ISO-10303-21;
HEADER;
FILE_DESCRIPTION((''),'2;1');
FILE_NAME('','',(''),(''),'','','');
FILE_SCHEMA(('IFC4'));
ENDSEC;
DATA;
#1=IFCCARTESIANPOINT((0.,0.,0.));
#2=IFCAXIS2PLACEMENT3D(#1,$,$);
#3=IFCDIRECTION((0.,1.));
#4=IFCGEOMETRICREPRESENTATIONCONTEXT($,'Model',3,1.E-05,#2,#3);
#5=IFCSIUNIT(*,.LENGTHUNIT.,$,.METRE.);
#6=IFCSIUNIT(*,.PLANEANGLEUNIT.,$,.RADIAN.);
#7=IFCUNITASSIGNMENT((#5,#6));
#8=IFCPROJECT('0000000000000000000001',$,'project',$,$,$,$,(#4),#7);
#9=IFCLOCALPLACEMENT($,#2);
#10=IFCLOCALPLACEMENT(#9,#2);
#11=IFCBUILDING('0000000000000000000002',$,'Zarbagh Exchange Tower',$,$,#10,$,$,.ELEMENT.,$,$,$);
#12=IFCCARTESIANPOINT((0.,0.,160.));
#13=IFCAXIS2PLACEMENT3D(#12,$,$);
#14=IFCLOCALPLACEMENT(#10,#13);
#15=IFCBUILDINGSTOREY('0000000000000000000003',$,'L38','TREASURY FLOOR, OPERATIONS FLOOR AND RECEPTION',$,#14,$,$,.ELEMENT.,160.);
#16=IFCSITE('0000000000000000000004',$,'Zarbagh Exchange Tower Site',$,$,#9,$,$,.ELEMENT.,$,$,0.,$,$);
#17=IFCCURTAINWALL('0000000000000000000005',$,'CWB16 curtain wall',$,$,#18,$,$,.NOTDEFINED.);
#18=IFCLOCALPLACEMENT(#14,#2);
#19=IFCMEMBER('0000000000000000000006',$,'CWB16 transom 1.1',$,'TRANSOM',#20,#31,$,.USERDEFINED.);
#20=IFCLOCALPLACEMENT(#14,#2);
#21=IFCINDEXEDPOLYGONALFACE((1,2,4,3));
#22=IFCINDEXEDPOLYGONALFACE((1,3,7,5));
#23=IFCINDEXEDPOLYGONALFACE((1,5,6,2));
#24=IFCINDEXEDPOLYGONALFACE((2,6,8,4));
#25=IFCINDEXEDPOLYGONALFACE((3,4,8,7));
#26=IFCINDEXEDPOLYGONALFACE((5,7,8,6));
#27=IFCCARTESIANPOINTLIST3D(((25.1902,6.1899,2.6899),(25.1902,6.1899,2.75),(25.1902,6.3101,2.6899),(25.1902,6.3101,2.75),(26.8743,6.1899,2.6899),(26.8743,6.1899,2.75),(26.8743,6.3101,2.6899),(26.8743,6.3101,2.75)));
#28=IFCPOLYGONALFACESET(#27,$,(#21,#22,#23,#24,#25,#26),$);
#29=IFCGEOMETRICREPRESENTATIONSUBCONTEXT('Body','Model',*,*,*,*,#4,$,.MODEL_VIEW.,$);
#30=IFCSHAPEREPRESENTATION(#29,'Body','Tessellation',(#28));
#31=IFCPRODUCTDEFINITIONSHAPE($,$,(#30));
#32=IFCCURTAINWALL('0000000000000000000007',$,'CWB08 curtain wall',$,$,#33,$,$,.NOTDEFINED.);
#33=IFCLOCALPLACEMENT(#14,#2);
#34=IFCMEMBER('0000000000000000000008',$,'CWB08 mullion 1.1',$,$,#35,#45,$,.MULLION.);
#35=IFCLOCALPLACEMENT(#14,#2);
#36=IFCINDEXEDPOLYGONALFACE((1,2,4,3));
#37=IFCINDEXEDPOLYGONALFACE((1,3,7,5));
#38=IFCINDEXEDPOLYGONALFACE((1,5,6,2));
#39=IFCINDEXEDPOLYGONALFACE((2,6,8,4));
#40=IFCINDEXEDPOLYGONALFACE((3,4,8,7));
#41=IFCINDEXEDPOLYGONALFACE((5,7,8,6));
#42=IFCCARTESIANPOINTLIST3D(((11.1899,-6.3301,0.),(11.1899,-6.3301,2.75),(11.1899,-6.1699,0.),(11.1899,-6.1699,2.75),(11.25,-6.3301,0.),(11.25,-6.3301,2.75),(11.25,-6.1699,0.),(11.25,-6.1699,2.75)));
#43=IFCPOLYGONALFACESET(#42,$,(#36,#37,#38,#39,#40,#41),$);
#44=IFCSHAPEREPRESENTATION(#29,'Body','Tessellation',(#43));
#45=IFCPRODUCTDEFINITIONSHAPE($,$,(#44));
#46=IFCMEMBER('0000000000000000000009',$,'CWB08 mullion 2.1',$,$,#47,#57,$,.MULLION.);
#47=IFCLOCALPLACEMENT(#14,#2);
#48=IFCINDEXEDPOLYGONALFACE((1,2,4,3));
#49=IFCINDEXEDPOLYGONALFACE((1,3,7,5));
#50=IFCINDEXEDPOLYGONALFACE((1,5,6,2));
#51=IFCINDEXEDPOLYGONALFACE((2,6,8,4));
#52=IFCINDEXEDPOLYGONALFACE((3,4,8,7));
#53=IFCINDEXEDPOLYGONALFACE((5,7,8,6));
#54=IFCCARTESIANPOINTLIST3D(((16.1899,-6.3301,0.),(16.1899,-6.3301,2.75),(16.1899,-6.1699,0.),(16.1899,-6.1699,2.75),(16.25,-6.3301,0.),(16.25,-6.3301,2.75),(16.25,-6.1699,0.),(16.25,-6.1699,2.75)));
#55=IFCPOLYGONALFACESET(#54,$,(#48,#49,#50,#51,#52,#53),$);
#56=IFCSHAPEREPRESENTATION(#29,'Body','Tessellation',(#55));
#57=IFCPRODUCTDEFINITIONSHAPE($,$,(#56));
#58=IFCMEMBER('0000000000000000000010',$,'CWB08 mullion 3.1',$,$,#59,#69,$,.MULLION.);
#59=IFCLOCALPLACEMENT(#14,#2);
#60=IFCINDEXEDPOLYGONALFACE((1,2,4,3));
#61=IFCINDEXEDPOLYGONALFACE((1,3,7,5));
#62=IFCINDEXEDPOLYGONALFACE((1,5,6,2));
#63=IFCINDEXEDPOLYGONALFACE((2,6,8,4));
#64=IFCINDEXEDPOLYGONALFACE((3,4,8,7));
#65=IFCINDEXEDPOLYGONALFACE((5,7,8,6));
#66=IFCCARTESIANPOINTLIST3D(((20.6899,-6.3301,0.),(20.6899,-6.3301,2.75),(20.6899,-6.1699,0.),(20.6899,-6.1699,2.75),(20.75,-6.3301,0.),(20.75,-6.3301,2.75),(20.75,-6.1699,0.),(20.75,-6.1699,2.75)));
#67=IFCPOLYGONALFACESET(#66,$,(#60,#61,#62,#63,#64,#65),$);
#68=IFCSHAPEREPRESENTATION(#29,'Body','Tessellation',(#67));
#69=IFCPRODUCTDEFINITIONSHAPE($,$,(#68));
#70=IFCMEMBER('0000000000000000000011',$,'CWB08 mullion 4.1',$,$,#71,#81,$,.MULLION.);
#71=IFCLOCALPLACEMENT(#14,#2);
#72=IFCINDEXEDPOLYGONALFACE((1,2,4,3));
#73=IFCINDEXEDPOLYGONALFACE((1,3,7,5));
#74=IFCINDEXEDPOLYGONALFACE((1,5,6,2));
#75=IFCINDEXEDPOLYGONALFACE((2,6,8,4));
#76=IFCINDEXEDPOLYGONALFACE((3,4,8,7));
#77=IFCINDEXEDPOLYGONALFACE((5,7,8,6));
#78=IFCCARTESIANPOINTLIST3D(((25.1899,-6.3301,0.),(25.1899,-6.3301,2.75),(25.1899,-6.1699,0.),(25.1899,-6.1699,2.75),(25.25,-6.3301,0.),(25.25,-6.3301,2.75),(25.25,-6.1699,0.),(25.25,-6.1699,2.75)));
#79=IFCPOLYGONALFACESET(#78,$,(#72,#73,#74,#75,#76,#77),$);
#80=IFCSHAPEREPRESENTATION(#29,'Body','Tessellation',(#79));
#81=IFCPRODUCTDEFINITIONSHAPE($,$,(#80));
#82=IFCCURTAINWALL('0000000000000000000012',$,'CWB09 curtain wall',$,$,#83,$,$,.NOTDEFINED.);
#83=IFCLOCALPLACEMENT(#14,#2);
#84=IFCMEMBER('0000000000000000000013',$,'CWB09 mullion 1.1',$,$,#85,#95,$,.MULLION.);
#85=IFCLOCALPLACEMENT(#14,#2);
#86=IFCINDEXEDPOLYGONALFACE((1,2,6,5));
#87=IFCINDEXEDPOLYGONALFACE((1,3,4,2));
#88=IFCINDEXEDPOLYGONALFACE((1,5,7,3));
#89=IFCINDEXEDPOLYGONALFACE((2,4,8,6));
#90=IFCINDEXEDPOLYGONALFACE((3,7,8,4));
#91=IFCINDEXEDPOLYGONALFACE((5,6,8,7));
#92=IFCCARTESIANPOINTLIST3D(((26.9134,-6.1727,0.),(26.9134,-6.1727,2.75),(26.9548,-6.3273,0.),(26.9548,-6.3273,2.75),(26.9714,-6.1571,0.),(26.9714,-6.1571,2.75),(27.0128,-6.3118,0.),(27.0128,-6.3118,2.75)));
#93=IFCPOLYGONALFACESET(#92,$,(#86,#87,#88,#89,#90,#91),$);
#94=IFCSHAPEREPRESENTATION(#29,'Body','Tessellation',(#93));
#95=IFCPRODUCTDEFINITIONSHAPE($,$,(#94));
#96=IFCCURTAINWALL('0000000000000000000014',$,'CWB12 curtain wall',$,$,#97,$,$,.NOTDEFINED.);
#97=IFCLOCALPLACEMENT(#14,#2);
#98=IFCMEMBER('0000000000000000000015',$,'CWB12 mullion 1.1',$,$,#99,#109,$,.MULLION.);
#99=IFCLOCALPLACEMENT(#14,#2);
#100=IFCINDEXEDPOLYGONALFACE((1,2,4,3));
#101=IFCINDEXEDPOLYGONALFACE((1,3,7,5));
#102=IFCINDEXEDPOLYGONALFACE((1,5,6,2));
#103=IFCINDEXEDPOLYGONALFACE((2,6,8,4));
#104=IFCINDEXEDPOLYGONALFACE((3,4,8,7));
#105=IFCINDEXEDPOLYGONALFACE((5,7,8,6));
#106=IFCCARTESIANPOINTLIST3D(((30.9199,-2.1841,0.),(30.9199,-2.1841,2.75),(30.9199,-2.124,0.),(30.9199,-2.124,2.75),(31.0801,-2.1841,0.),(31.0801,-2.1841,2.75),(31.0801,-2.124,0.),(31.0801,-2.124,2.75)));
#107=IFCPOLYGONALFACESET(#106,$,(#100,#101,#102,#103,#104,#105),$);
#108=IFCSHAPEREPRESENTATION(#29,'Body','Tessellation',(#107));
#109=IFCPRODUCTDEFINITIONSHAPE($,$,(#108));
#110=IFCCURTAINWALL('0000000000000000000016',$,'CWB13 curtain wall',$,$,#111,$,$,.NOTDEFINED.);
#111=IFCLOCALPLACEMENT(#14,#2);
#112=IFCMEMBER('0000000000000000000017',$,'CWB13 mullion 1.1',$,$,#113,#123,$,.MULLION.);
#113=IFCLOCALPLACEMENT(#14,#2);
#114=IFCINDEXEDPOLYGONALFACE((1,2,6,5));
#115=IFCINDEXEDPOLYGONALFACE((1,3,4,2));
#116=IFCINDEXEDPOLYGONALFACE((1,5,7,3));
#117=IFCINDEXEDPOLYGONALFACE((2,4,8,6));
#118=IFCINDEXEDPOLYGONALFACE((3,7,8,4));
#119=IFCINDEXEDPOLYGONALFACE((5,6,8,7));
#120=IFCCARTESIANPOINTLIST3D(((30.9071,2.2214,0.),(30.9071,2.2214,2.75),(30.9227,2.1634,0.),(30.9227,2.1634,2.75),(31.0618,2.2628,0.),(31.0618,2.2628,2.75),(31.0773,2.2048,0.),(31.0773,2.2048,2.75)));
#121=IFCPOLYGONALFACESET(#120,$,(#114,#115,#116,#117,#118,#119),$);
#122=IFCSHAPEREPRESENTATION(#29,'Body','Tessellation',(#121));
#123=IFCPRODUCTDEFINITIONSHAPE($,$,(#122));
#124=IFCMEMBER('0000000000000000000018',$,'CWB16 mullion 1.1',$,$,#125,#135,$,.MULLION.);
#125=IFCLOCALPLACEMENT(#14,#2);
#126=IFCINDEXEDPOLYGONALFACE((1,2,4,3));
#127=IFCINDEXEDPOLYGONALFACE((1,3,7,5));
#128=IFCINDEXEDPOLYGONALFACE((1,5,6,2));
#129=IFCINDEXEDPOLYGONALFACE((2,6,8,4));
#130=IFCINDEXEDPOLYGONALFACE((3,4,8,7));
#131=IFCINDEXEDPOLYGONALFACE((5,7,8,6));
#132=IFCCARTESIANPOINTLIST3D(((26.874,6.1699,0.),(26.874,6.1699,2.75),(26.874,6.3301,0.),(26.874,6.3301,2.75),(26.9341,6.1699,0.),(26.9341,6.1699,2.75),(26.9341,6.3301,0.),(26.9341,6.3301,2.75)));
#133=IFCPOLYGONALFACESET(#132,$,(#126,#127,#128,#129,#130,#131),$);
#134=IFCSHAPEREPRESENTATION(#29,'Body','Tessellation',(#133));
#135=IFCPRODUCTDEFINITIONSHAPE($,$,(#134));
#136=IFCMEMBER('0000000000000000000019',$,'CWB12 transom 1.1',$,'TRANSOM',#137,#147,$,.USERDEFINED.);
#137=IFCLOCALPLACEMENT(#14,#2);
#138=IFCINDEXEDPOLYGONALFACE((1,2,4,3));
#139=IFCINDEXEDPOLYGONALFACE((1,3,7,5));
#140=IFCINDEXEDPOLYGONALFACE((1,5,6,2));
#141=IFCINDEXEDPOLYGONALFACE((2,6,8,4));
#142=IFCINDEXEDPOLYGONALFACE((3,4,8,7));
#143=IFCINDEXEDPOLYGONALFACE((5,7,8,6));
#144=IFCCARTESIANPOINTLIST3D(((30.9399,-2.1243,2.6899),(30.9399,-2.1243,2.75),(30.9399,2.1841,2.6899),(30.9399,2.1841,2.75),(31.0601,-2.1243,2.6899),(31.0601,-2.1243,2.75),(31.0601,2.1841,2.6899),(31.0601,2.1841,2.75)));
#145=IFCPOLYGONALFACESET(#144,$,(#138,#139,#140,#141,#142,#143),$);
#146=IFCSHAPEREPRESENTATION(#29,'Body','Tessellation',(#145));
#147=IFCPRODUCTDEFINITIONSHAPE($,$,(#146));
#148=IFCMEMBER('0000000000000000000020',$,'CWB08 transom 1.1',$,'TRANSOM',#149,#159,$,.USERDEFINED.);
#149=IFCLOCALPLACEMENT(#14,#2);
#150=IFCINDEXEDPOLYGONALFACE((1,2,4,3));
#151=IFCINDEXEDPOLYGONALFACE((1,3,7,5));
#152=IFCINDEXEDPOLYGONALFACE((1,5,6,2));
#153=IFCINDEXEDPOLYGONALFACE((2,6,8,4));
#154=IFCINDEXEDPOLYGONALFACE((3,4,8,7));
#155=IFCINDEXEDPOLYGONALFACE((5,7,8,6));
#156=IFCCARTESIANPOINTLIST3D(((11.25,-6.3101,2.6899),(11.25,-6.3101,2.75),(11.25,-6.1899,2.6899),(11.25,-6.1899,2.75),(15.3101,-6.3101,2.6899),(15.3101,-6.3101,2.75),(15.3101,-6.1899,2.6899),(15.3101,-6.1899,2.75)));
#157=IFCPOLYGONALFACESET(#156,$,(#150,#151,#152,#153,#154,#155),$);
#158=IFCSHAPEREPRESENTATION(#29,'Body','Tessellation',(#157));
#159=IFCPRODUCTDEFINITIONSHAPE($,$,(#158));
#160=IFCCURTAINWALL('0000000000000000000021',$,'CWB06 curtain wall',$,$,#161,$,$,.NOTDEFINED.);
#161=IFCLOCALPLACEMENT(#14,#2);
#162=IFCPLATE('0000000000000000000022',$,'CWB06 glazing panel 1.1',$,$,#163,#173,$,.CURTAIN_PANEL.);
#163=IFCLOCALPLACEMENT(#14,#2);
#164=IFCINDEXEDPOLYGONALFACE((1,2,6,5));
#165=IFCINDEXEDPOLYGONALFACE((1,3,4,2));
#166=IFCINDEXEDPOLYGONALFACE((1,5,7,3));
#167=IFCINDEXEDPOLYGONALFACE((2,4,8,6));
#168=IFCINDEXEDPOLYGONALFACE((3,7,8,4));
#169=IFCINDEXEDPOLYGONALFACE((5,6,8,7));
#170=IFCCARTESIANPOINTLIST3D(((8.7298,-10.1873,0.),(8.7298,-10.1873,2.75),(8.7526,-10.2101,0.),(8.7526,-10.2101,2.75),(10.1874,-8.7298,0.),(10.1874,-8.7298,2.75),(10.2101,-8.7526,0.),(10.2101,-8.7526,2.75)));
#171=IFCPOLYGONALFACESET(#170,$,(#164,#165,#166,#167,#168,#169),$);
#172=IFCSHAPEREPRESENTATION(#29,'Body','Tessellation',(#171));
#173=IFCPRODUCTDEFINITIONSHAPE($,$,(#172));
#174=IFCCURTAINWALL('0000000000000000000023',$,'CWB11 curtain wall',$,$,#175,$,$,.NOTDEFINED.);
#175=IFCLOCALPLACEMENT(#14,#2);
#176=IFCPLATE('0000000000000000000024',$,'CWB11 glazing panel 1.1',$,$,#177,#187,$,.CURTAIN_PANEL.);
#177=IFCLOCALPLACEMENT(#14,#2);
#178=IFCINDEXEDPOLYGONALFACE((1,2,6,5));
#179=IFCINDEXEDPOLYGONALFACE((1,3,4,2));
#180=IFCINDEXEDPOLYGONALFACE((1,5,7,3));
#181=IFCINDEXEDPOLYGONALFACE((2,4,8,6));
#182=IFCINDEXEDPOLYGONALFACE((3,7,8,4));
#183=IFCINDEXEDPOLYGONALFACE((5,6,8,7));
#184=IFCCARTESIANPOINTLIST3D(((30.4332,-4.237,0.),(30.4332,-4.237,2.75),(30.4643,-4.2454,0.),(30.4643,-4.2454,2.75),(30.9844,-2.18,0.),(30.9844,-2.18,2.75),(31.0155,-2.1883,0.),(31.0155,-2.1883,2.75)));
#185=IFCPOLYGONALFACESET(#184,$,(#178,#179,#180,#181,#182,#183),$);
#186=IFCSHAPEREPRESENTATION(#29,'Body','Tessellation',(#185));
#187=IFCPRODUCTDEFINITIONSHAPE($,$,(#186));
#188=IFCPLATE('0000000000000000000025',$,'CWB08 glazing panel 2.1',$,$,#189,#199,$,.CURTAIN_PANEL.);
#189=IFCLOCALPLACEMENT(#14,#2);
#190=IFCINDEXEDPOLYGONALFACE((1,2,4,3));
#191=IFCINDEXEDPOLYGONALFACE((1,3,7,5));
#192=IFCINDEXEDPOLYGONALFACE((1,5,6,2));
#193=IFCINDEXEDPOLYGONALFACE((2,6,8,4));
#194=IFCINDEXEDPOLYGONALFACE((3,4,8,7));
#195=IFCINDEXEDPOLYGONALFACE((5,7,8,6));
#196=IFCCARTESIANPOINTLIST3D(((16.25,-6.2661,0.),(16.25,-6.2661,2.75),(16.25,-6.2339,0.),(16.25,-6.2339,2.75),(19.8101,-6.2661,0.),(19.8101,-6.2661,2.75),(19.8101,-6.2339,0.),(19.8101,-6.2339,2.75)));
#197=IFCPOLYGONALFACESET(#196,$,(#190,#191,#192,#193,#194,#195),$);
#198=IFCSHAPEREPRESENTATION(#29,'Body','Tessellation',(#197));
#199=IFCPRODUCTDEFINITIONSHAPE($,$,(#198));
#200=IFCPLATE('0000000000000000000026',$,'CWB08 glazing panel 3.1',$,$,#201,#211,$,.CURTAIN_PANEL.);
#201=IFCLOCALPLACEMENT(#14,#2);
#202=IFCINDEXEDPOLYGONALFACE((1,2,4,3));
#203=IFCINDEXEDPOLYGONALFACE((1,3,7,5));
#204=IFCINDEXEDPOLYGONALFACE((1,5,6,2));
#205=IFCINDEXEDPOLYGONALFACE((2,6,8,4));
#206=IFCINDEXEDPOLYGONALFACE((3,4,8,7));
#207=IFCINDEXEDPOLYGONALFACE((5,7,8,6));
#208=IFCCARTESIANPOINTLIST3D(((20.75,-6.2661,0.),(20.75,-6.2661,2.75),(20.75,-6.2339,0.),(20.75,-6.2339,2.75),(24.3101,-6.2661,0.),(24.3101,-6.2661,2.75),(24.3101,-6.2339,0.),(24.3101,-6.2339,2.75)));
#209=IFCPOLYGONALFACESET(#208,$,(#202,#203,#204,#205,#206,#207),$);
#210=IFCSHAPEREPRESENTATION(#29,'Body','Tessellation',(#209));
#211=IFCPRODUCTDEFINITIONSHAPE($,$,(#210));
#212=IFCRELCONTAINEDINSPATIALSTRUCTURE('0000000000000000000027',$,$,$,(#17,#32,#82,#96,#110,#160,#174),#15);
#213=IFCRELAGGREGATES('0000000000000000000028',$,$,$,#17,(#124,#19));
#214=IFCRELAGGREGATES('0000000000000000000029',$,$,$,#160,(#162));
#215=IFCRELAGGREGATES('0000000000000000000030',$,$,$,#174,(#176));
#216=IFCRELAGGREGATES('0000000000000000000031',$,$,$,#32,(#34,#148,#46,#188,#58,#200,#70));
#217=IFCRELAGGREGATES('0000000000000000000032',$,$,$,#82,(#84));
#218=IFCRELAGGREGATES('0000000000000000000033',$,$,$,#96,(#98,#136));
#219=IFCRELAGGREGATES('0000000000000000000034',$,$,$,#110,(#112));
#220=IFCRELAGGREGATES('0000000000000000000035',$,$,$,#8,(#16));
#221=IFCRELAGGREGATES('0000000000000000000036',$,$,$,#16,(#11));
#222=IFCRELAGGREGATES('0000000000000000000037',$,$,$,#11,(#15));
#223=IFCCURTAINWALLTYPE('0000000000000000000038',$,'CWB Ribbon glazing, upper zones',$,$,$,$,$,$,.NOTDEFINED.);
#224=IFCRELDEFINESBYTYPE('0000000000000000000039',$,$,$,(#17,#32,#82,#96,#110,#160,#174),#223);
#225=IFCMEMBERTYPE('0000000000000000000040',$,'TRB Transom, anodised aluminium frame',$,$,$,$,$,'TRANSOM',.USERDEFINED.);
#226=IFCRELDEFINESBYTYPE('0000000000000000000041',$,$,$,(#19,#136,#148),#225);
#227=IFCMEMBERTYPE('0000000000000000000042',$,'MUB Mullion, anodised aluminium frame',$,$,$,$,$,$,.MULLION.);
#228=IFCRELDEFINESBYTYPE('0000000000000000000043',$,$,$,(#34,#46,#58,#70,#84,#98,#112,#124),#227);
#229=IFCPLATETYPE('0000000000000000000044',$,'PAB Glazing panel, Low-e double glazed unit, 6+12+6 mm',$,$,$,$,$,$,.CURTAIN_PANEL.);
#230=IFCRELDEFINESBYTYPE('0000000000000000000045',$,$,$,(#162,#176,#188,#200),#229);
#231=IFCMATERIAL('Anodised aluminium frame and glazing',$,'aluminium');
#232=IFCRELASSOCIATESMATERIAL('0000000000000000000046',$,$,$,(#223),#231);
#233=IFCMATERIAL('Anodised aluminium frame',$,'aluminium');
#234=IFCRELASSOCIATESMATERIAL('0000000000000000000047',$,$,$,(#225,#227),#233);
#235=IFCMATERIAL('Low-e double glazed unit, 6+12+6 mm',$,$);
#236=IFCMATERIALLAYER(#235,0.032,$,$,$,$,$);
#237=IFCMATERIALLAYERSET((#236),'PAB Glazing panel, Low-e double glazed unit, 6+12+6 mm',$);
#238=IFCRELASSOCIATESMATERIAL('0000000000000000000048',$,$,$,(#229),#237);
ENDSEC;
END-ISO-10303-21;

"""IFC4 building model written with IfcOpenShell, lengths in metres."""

from ifc_helpers import new_model, si_unit, direction, frame, origin, place, context, subcontext, project, spatial, polyline, outline, extrude, source, transform, mapped, material, layer, layer_set, type_object, element, aggregate, save


model = new_model("IFC4")

# Units and contexts
model_context = context("Model", 3, precision=1e-05, world=origin(), true_north=direction((0.0, 1.0)))
body_context = subcontext(model_context, "Body", "Model", "MODEL_VIEW")
ifc_project = project(units=[si_unit("LENGTHUNIT", "METRE"), si_unit("PLANEANGLEUNIT", "RADIAN")], contexts=[model_context])

# Site, building, storey
site_placement = place(None, origin())
site = spatial("IfcSite", under=ifc_project, at=site_placement, Name="Zarbagh Exchange Tower Site", CompositionType="ELEMENT", RefElevation=0.0)
building_placement = place(site_placement, origin())
building = spatial("IfcBuilding", under=site, at=building_placement, Name="Zarbagh Exchange Tower", CompositionType="ELEMENT")
storey_placement = place(building_placement, frame((0.0, 0.0, 160.0)))
storey = spatial("IfcBuildingStorey", under=building, at=storey_placement, Name="L38", Description="TREASURY FLOOR, OPERATIONS FLOOR AND RECEPTION", CompositionType="ELEMENT", Elevation=160.0)

# Curtain wall, member
ifc_material_1 = material(Name="Anodised aluminium frame and glazing", Category="aluminium")
curtain_wall_type = type_object("IfcCurtainWallType", Name="CWB Ribbon glazing, upper zones", PredefinedType="NOTDEFINED", material=ifc_material_1)
curtain_wall_1_placement = place(storey_placement, origin())
curtain_wall_1 = element("IfcCurtainWall", 1, at=curtain_wall_1_placement, inside=storey, type_object=curtain_wall_type, Name="CWB16 curtain wall", PredefinedType="NOTDEFINED")
ifc_material_2 = material(Name="Anodised aluminium frame", Category="aluminium")
member_type_1 = type_object("IfcMemberType", Name="TRB Transom, anodised aluminium frame", ElementType="TRANSOM", PredefinedType="USERDEFINED", material=ifc_material_2)
shared_shape_1 = source(origin(), body_context, "Body", "SweptSolid", [
    extrude(outline(polyline([(-0.0601, -0.0601), (0.0, -0.0601), (0.0, 0.0601), (-0.0601, 0.0601), (-0.0601, -0.0601)])), origin(), (0.0, 0.0, 1.0), 1.6841),
])
placement = place(storey_placement, origin())
member_1 = element("IfcMember", 2, at=placement, type_object=member_type_1, Name="CWB16 transom 1.1", ObjectType="TRANSOM", PredefinedType="USERDEFINED", context=body_context, shape_type="MappedRepresentation", body=[
    mapped(shared_shape_1, transform((26.8743, 6.25, 2.75), x_axis=(0.0, 0.0, 1.0), y_axis=(0.0, 1.0, 0.0), z_axis=(-1.0, 0.0, 0.0))),
])

# Curtain wall, members
curtain_wall_2_placement = place(storey_placement, origin())
curtain_wall_2 = element("IfcCurtainWall", 3, at=curtain_wall_2_placement, inside=storey, type_object=curtain_wall_type, Name="CWB08 curtain wall", PredefinedType="NOTDEFINED")
member_type_2 = type_object("IfcMemberType", Name="MUB Mullion, anodised aluminium frame", PredefinedType="MULLION", material=ifc_material_2)
shared_shape_2 = source(origin(), body_context, "Body", "SweptSolid", [
    extrude(outline(polyline([(0.0, -0.0801), (0.0601, -0.0801), (0.0601, 0.0801), (0.0, 0.0801), (0.0, -0.0801)])), origin(), (0.0, 0.0, 1.0), 2.75),
])
member_2 = element("IfcMember", 4, at=placement, type_object=member_type_2, Name="CWB08 mullion 1.1", PredefinedType="MULLION", context=body_context, shape_type="MappedRepresentation", body=[
    mapped(shared_shape_2, transform((11.1899, -6.25, 0.0), x_axis=(1.0, 0.0, 0.0), y_axis=(0.0, 1.0, 0.0), z_axis=(0.0, 0.0, 1.0))),
])
member_3 = element("IfcMember", 5, at=placement, type_object=member_type_2, Name="CWB08 mullion 2.1", PredefinedType="MULLION", context=body_context, shape_type="MappedRepresentation", body=[
    mapped(shared_shape_2, transform((16.1899, -6.25, 0.0), x_axis=(1.0, 0.0, 0.0), y_axis=(0.0, 1.0, 0.0), z_axis=(0.0, 0.0, 1.0))),
])
member_4 = element("IfcMember", 6, at=placement, type_object=member_type_2, Name="CWB08 mullion 3.1", PredefinedType="MULLION", context=body_context, shape_type="MappedRepresentation", body=[
    mapped(shared_shape_2, transform((20.6899, -6.25, 0.0), x_axis=(1.0, 0.0, 0.0), y_axis=(0.0, 1.0, 0.0), z_axis=(0.0, 0.0, 1.0))),
])
member_5 = element("IfcMember", 7, at=placement, type_object=member_type_2, Name="CWB08 mullion 4.1", PredefinedType="MULLION", context=body_context, shape_type="MappedRepresentation", body=[
    mapped(shared_shape_2, transform((25.1899, -6.25, 0.0), x_axis=(1.0, 0.0, 0.0), y_axis=(0.0, 1.0, 0.0), z_axis=(0.0, 0.0, 1.0))),
])

# Curtain walls, members
curtain_wall_3_placement = place(storey_placement, origin())
curtain_wall_3 = element("IfcCurtainWall", 8, at=curtain_wall_3_placement, inside=storey, type_object=curtain_wall_type, Name="CWB09 curtain wall", PredefinedType="NOTDEFINED")
member_6 = element("IfcMember", 9, at=placement, type_object=member_type_2, Name="CWB09 mullion 1.1", PredefinedType="MULLION", context=body_context, shape_type="MappedRepresentation", body=[
    mapped(shared_shape_2, transform((26.9341, -6.25, 0.0), x_axis=(0.965924, 0.258825, 0.0), y_axis=(-0.258825, 0.965924, 0.0), z_axis=(0.0, 0.0, 1.0))),
])
curtain_wall_4_placement = place(storey_placement, origin())
curtain_wall_4 = element("IfcCurtainWall", 10, at=curtain_wall_4_placement, inside=storey, type_object=curtain_wall_type, Name="CWB12 curtain wall", PredefinedType="NOTDEFINED")
member_7 = element("IfcMember", 11, at=placement, type_object=member_type_2, Name="CWB12 mullion 1.1", PredefinedType="MULLION", context=body_context, shape_type="MappedRepresentation", body=[
    mapped(shared_shape_2, transform((31.0, -2.1841, 0.0), x_axis=(0.0, 1.0, 0.0), y_axis=(-1.0, 0.0, 0.0), z_axis=(0.0, 0.0, 1.0))),
])
curtain_wall_5_placement = place(storey_placement, origin())
curtain_wall_5 = element("IfcCurtainWall", 12, at=curtain_wall_5_placement, inside=storey, type_object=curtain_wall_type, Name="CWB13 curtain wall", PredefinedType="NOTDEFINED")
member_8 = element("IfcMember", 13, at=placement, type_object=member_type_2, Name="CWB13 mullion 1.1", PredefinedType="MULLION", context=body_context, shape_type="MappedRepresentation", body=[
    mapped(shared_shape_2, transform((31.0, 2.1841, 0.0), x_axis=(-0.258825, 0.965924, 0.0), y_axis=(-0.965924, -0.258825, 0.0), z_axis=(0.0, 0.0, 1.0))),
])

# Members
member_9 = element("IfcMember", 14, at=placement, type_object=member_type_2, Name="CWB16 mullion 1.1", PredefinedType="MULLION", context=body_context, shape_type="MappedRepresentation", body=[
    mapped(shared_shape_2, transform((26.9341, 6.25, 0.0), x_axis=(-1.0, 0.0, 0.0), y_axis=(0.0, -1.0, 0.0), z_axis=(0.0, 0.0, 1.0))),
])
aggregate(curtain_wall_1, [member_9, member_1])
shared_shape_3 = source(origin(), body_context, "Body", "SweptSolid", [
    extrude(outline(polyline([(-0.0601, -0.0601), (0.0, -0.0601), (0.0, 0.0601), (-0.0601, 0.0601), (-0.0601, -0.0601)])), origin(), (0.0, 0.0, 1.0), 4.3083),
])
member_10 = element("IfcMember", 15, at=placement, type_object=member_type_1, Name="CWB12 transom 1.1", ObjectType="TRANSOM", PredefinedType="USERDEFINED", context=body_context, shape_type="MappedRepresentation", body=[
    mapped(shared_shape_3, transform((31.0, -2.1243, 2.75), x_axis=(0.0, 0.0, 1.0), y_axis=(1.0, 0.0, 0.0), z_axis=(0.0, 1.0, 0.0))),
])
shared_shape_4 = source(origin(), body_context, "Body", "SweptSolid", [
    extrude(outline(polyline([(-0.0601, -0.0601), (0.0, -0.0601), (0.0, 0.0601), (-0.0601, 0.0601), (-0.0601, -0.0601)])), origin(), (0.0, 0.0, 1.0), 4.0601),
])
member_11 = element("IfcMember", 16, at=placement, type_object=member_type_1, Name="CWB08 transom 1.1", ObjectType="TRANSOM", PredefinedType="USERDEFINED", context=body_context, shape_type="MappedRepresentation", body=[
    mapped(shared_shape_4, transform((11.25, -6.25, 2.75), x_axis=(0.0, 0.0, 1.0), y_axis=(0.0, -1.0, 0.0), z_axis=(1.0, 0.0, 0.0))),
])

# Curtain walls, plates
curtain_wall_6_placement = place(storey_placement, origin())
curtain_wall_6 = element("IfcCurtainWall", 17, at=curtain_wall_6_placement, inside=storey, type_object=curtain_wall_type, Name="CWB06 curtain wall", PredefinedType="NOTDEFINED")
ifc_material_3 = material(Name="Low-e double glazed unit, 6+12+6 mm")
ifc_layer = layer(ifc_material_3, 0.032)
ifc_layer_set = layer_set([ifc_layer], Name="PAB Glazing panel, Low-e double glazed unit, 6+12+6 mm")
plate_type = type_object("IfcPlateType", Name="PAB Glazing panel, Low-e double glazed unit, 6+12+6 mm", PredefinedType="CURTAIN_PANEL", material=ifc_layer_set)
shared_shape_5 = source(origin(), body_context, "Body", "SweptSolid", [
    extrude(outline(polyline([(0.0, -0.0161), (2.0613, -0.0161), (2.0613, 0.0161), (0.0, 0.0161), (0.0, -0.0161)])), origin(), (0.0, 0.0, 1.0), 2.75),
])
plate_1 = element("IfcPlate", 18, at=placement, type_object=plate_type, Name="CWB06 glazing panel 1.1", PredefinedType="CURTAIN_PANEL", context=body_context, shape_type="MappedRepresentation", body=[
    mapped(shared_shape_5, transform((8.7412, -10.1987, 0.0), x_axis=(0.707107, 0.707107, 0.0), y_axis=(-0.707107, 0.707107, 0.0), z_axis=(0.0, 0.0, 1.0))),
])
aggregate(curtain_wall_6, [plate_1])
curtain_wall_7_placement = place(storey_placement, origin())
curtain_wall_7 = element("IfcCurtainWall", 19, at=curtain_wall_7_placement, inside=storey, type_object=curtain_wall_type, Name="CWB11 curtain wall", PredefinedType="NOTDEFINED")
shared_shape_6 = source(origin(), body_context, "Body", "SweptSolid", [
    extrude(outline(polyline([(0.0, -0.0161), (2.1296, -0.0161), (2.1296, 0.0161), (0.0, 0.0161), (0.0, -0.0161)])), origin(), (0.0, 0.0, 1.0), 2.75),
])
plate_2 = element("IfcPlate", 20, at=placement, type_object=plate_type, Name="CWB11 glazing panel 1.1", PredefinedType="CURTAIN_PANEL", context=body_context, shape_type="MappedRepresentation", body=[
    mapped(shared_shape_6, transform((30.4487, -4.2412, 0.0), x_axis=(0.258825, 0.965924, 0.0), y_axis=(-0.965924, 0.258825, 0.0), z_axis=(0.0, 0.0, 1.0))),
])
aggregate(curtain_wall_7, [plate_2])

# Plates
shared_shape_7 = source(origin(), body_context, "Body", "SweptSolid", [
    extrude(outline(polyline([(0.0, -0.0161), (3.5601, -0.0161), (3.5601, 0.0161), (0.0, 0.0161), (0.0, -0.0161)])), origin(), (0.0, 0.0, 1.0), 2.75),
])
plate_3 = element("IfcPlate", 21, at=placement, type_object=plate_type, Name="CWB08 glazing panel 2.1", PredefinedType="CURTAIN_PANEL", context=body_context, shape_type="MappedRepresentation", body=[
    mapped(shared_shape_7, transform((16.25, -6.25, 0.0), x_axis=(1.0, 0.0, 0.0), y_axis=(0.0, 1.0, 0.0), z_axis=(0.0, 0.0, 1.0))),
])
plate_4 = element("IfcPlate", 22, at=placement, type_object=plate_type, Name="CWB08 glazing panel 3.1", PredefinedType="CURTAIN_PANEL", context=body_context, shape_type="MappedRepresentation", body=[
    mapped(shared_shape_7, transform((20.75, -6.25, 0.0), x_axis=(1.0, 0.0, 0.0), y_axis=(0.0, 1.0, 0.0), z_axis=(0.0, 0.0, 1.0))),
])

aggregate(curtain_wall_2, [member_2, member_11, member_3, plate_3, member_4, plate_4, member_5])
aggregate(curtain_wall_3, [member_6])

aggregate(curtain_wall_4, [member_7, member_10])
aggregate(curtain_wall_5, [member_8])

save(model, "model.ifc")
